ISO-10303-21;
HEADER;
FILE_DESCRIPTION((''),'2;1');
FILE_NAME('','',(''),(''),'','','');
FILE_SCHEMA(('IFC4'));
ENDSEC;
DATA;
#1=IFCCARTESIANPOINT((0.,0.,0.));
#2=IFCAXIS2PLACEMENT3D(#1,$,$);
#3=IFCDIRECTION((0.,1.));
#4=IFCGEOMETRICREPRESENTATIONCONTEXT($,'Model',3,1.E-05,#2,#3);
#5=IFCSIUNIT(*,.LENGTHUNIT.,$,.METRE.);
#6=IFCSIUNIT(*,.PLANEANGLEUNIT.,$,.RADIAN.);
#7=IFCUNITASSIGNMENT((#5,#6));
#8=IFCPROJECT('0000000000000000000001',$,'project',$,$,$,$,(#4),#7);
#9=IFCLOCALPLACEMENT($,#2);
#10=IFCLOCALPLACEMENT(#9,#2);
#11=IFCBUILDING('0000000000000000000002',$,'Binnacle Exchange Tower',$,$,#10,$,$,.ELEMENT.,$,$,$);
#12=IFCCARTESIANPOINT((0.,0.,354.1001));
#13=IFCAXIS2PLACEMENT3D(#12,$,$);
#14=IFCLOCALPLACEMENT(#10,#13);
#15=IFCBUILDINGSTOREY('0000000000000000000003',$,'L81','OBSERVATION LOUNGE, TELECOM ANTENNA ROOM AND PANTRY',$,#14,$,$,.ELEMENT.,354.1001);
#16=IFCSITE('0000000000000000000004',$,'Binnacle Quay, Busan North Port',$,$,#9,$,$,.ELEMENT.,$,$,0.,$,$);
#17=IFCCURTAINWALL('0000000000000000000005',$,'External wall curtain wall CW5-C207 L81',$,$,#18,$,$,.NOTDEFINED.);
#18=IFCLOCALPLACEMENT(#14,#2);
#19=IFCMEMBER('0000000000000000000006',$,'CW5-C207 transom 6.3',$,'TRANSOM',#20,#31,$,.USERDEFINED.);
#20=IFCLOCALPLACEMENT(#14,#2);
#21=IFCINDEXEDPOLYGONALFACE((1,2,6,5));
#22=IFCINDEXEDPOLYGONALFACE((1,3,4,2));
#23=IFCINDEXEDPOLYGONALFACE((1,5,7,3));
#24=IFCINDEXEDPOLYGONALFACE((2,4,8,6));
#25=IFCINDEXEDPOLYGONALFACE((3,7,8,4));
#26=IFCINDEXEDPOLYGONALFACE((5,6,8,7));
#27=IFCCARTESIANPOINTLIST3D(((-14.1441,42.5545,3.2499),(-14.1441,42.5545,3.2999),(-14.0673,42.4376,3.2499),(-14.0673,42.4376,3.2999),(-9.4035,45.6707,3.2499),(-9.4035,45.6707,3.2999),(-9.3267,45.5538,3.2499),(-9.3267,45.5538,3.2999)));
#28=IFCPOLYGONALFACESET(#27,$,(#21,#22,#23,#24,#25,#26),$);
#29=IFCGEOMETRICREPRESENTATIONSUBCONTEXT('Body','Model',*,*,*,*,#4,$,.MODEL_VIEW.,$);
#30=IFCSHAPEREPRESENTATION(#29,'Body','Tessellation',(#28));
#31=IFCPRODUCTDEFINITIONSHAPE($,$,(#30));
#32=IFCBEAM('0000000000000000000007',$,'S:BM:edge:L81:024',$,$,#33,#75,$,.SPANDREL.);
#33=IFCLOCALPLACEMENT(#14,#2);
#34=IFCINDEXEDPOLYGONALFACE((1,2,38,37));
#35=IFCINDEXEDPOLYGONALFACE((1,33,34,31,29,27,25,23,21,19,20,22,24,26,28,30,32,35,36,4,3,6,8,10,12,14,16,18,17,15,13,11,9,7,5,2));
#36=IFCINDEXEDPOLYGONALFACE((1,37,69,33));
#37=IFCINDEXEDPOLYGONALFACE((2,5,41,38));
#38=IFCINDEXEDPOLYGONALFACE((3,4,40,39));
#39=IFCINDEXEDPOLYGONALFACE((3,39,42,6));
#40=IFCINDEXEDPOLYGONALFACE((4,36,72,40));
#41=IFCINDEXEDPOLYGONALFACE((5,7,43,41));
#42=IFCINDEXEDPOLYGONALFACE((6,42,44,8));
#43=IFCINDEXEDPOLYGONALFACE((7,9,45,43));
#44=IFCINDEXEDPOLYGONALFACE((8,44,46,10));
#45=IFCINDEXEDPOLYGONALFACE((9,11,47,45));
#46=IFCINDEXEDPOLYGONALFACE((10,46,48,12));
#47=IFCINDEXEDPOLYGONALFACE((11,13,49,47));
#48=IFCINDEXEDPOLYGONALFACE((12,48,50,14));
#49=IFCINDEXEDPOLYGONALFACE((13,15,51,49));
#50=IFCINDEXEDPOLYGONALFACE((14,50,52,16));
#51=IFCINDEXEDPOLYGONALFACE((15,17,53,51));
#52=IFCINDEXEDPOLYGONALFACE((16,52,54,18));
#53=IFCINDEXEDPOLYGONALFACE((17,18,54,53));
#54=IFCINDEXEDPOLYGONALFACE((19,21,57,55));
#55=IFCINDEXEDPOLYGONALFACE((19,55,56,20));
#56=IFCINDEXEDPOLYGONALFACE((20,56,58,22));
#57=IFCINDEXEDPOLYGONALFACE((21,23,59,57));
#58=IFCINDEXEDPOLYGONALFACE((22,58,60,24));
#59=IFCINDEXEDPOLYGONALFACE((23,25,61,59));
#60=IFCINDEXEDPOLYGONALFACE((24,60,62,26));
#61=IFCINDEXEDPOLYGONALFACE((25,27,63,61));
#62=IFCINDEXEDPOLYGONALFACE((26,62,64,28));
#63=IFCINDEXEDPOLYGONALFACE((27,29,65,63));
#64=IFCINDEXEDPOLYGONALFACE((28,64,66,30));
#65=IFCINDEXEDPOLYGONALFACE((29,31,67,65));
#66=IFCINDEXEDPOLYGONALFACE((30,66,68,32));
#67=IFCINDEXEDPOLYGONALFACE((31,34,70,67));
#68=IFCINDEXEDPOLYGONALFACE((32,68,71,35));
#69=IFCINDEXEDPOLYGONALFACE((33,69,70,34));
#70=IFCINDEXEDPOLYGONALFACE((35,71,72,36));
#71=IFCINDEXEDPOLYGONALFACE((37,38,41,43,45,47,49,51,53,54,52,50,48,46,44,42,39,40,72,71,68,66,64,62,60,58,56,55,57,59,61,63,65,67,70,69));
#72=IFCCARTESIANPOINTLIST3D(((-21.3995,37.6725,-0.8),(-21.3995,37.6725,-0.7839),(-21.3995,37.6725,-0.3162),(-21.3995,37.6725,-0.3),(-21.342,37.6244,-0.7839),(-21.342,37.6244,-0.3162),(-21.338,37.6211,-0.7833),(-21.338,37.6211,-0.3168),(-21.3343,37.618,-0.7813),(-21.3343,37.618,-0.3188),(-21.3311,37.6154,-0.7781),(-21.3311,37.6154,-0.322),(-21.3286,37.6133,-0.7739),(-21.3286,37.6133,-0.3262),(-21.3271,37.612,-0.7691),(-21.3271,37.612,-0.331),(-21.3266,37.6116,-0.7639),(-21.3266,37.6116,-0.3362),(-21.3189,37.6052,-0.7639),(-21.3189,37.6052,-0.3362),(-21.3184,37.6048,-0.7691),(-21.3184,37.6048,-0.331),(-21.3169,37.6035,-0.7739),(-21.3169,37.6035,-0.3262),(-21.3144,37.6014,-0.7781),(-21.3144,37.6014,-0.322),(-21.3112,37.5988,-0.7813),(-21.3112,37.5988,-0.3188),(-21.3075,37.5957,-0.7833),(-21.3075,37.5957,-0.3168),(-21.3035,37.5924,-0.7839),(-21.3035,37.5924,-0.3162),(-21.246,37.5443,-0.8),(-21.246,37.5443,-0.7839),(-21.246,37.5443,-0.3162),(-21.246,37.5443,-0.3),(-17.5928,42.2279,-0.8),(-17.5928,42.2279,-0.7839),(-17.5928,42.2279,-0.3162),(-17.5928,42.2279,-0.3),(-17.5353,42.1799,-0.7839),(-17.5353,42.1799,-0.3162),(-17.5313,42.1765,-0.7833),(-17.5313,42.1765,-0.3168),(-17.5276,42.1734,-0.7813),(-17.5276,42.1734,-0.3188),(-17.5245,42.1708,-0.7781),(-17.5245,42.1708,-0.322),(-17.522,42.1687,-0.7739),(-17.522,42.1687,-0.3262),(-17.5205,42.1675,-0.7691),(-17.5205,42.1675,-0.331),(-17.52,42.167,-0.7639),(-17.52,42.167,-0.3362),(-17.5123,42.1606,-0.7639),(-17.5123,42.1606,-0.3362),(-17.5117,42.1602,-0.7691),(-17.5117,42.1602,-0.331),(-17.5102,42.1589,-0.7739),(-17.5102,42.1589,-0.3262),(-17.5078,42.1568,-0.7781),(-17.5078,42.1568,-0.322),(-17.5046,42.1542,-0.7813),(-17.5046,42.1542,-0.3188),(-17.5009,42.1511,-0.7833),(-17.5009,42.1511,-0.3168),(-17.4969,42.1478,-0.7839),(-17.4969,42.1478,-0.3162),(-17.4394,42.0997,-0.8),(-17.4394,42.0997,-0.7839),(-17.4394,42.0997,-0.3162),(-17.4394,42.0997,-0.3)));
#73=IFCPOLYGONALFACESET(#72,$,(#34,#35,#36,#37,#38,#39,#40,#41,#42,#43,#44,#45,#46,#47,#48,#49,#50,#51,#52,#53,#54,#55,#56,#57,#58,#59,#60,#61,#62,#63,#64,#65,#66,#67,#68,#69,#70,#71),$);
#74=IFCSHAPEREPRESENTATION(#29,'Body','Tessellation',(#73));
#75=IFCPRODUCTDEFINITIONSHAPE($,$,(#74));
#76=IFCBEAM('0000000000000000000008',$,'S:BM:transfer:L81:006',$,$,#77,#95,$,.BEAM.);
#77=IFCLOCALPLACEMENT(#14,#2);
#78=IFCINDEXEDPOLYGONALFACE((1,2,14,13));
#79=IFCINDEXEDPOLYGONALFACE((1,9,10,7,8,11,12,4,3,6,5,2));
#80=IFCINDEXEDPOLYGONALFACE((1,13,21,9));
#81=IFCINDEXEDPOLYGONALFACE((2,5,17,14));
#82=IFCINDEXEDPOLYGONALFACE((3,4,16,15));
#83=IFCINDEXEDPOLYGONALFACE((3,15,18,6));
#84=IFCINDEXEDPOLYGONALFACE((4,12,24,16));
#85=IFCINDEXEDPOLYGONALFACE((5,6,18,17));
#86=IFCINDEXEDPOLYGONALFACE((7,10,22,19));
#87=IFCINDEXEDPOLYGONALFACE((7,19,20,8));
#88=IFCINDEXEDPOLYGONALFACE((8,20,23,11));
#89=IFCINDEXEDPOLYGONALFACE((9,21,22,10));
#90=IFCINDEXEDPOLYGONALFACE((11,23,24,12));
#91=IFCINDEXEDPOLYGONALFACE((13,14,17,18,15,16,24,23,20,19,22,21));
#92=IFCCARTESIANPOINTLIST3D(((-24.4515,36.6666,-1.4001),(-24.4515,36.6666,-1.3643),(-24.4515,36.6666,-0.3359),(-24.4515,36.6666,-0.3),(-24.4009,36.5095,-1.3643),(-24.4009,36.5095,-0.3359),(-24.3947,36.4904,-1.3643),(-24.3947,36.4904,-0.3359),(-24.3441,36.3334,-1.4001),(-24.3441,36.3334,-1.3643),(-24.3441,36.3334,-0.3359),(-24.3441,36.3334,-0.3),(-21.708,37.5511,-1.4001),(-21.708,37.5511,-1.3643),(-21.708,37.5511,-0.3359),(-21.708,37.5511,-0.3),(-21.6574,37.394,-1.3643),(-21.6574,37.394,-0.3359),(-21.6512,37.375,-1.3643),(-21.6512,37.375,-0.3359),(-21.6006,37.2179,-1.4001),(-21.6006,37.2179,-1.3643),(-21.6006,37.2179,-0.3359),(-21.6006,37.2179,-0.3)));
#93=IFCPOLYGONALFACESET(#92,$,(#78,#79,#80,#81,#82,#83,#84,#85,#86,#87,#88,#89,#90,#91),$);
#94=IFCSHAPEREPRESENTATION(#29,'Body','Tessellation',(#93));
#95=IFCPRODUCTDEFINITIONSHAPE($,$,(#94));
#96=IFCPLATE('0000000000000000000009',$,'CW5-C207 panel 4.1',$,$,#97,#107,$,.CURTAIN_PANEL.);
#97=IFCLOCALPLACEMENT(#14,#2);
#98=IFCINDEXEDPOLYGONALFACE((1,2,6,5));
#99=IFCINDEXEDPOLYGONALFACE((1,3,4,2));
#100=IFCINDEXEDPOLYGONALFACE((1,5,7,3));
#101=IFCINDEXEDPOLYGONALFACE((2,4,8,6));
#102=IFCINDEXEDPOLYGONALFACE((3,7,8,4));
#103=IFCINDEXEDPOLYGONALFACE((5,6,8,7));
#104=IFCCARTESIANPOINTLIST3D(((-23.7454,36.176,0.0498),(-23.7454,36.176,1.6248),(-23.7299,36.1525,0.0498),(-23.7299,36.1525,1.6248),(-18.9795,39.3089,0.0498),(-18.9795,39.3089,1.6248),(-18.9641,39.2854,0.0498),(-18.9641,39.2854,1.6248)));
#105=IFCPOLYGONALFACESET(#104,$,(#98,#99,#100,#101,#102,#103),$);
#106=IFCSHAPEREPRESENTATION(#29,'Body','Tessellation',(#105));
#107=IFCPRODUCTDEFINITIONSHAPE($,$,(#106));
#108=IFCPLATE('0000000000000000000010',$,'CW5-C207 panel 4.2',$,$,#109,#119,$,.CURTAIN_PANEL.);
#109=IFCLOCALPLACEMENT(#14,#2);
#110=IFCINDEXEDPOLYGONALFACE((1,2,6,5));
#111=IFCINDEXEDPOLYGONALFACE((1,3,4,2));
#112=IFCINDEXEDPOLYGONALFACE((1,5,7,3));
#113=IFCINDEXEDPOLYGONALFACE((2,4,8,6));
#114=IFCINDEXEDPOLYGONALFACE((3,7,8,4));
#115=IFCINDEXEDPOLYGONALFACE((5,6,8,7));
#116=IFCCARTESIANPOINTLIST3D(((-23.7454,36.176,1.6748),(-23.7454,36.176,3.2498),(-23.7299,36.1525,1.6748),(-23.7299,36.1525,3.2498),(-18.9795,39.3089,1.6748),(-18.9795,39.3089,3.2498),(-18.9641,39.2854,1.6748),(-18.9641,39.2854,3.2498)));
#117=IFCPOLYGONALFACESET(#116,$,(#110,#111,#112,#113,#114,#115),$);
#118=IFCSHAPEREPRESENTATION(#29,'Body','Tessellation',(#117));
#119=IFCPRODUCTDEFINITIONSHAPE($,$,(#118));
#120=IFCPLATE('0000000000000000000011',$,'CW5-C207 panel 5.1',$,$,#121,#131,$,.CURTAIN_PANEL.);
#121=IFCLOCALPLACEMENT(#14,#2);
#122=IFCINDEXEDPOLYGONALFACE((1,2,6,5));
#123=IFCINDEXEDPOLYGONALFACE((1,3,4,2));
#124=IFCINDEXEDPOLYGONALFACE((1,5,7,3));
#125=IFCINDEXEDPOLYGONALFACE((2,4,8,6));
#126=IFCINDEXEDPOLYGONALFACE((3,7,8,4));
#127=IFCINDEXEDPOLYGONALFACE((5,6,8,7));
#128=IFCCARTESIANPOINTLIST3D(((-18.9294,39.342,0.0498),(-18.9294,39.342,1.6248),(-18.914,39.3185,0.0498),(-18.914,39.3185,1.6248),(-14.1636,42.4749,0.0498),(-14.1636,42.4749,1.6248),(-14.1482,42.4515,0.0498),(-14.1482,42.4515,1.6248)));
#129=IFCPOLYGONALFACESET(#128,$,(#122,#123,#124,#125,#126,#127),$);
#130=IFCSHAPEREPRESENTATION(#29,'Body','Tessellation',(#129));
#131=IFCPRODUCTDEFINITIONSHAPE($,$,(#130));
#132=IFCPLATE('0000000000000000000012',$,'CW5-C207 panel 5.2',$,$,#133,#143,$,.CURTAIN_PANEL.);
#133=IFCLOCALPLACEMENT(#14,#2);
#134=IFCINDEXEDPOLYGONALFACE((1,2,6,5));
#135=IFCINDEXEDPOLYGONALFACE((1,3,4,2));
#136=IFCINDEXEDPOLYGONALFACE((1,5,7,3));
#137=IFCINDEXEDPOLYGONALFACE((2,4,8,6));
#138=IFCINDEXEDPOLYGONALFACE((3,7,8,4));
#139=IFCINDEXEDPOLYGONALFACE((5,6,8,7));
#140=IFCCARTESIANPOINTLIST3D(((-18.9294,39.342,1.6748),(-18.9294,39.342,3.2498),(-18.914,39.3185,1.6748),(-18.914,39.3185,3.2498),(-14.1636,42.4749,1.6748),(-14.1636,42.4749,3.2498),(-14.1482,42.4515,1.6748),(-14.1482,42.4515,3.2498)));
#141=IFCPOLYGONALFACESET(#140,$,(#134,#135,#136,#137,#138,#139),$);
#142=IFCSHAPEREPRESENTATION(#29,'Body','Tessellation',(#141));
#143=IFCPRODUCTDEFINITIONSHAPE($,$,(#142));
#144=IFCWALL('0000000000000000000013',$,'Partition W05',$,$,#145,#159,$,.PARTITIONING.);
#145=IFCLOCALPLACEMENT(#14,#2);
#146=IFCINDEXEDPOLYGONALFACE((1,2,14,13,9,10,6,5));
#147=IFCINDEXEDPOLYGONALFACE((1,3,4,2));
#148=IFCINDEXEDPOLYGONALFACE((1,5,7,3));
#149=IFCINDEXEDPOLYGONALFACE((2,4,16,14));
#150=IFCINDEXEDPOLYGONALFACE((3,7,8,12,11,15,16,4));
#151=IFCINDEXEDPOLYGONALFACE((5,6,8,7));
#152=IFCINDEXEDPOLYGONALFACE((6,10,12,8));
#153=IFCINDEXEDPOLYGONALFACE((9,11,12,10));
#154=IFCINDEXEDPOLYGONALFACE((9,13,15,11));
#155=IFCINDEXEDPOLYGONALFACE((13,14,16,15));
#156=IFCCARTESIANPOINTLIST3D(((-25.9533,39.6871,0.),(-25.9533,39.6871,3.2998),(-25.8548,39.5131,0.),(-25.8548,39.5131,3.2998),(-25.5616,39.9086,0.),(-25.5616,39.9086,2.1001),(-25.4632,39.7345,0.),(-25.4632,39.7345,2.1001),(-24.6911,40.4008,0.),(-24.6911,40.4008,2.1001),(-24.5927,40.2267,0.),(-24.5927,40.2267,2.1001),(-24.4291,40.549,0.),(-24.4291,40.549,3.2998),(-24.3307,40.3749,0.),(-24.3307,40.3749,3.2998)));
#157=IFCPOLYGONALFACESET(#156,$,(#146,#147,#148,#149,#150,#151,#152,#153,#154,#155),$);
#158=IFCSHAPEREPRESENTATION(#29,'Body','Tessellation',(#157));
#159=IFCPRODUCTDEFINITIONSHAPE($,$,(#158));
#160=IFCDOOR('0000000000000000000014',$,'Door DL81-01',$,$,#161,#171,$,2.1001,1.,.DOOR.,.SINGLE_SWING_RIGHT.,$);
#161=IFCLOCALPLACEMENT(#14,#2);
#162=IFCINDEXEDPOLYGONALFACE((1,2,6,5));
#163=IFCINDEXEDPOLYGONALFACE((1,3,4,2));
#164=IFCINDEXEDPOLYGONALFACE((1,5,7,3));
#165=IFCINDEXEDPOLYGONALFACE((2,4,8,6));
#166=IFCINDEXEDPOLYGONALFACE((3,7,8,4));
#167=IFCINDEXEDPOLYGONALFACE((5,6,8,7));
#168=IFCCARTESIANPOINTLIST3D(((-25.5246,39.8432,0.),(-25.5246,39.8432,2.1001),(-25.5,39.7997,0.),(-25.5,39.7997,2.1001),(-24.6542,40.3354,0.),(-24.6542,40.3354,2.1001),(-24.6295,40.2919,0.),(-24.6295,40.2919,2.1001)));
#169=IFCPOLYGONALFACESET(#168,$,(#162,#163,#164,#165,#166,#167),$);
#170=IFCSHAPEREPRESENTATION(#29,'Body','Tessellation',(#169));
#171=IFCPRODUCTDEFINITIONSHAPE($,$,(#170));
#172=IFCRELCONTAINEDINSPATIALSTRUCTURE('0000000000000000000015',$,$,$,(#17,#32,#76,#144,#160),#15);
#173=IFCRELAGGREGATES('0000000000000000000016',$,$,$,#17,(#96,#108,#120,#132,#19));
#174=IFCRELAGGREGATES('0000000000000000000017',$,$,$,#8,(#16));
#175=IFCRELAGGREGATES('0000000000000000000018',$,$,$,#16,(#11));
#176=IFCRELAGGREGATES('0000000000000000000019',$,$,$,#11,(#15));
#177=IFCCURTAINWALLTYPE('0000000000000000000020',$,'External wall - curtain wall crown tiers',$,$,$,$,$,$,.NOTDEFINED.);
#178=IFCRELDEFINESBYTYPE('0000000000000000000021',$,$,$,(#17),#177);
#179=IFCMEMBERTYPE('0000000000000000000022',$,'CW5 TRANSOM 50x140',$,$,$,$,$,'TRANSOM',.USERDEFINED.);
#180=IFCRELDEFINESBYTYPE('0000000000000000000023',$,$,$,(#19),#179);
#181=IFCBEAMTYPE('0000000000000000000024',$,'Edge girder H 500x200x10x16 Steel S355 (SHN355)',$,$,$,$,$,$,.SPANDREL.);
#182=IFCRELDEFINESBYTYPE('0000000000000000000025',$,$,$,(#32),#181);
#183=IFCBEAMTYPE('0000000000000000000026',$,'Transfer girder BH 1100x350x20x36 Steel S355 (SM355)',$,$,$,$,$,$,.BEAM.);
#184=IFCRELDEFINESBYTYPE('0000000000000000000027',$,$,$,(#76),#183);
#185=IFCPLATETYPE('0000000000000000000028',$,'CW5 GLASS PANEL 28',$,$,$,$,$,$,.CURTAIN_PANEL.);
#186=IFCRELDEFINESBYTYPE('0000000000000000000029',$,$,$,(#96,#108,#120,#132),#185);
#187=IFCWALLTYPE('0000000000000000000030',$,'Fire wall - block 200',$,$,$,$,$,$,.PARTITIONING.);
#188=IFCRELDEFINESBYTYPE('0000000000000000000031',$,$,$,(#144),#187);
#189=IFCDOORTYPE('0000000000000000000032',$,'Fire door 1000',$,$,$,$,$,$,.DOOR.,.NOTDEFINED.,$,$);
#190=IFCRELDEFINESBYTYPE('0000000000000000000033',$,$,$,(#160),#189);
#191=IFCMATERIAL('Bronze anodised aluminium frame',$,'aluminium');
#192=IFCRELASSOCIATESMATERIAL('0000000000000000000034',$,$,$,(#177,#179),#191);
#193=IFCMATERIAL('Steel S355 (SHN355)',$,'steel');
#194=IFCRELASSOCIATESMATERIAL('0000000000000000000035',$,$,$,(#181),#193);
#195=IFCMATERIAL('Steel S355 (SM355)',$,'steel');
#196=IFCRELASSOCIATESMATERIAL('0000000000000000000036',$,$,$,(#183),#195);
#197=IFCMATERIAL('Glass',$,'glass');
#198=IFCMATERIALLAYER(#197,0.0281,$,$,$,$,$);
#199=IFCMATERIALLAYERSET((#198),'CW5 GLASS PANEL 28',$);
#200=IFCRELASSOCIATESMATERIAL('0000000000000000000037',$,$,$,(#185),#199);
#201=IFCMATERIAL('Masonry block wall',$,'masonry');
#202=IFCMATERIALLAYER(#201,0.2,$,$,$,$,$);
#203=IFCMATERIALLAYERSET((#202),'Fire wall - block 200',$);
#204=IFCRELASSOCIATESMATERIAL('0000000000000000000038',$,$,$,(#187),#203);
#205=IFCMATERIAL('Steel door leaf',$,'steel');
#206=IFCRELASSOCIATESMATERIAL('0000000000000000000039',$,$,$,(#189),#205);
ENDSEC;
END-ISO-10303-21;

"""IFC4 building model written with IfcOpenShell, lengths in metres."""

from ifc_helpers import new_model, si_unit, direction, frame, frame_2d, origin, origin_2d, place, context, subcontext, project, spatial, rectangle, i_section, extrude, material, layer, layer_set, material_profile, profile_set, type_object, element, fill, aggregate, save


model = new_model("IFC4")

# Units and contexts
model_context = context("Model", 3, precision=1e-05, world=origin(), true_north=direction((0.0, 1.0)))
body_context = subcontext(model_context, "Body", "Model", "MODEL_VIEW")
ifc_project = project(units=[si_unit("LENGTHUNIT", "METRE"), si_unit("PLANEANGLEUNIT", "RADIAN")], contexts=[model_context])

# Site, building, storey
site_placement = place(None, origin())
site = spatial("IfcSite", under=ifc_project, at=site_placement, Name="Binnacle Quay, Busan North Port", CompositionType="ELEMENT", RefElevation=0.0)
building_placement = place(site_placement, origin())
building = spatial("IfcBuilding", under=site, at=building_placement, Name="Binnacle Exchange Tower", CompositionType="ELEMENT")
storey_placement = place(building_placement, frame((0.0, 0.0, 354.1001)))
storey = spatial("IfcBuildingStorey", under=building, at=storey_placement, Name="L81", Description="OBSERVATION LOUNGE, TELECOM ANTENNA ROOM AND PANTRY", CompositionType="ELEMENT", Elevation=354.1001)

# Shared definitions
ifc_material_1 = material(Name="Steel S355 (SHN355)", Category="steel")

# Curtain wall, member
ifc_material_2 = material(Name="Bronze anodised aluminium frame", Category="aluminium")
curtain_wall_type = type_object("IfcCurtainWallType", Name="External wall - curtain wall crown tiers", PredefinedType="NOTDEFINED", material=ifc_material_2)
curtain_wall_placement = place(storey_placement, origin())
curtain_wall = element("IfcCurtainWall", 1, at=curtain_wall_placement, inside=storey, type_object=curtain_wall_type, Name="External wall curtain wall CW5-C207 L81", PredefinedType="NOTDEFINED")
ifc_material_profile_1 = material_profile(ifc_material_2, rectangle(XDim=0.1399, YDim=0.05, at=origin_2d()), Name="AL 140x50")
ifc_profile_set_1 = profile_set([ifc_material_profile_1], Name="Bronze anodised aluminium frame")
member_type_1 = type_object("IfcMemberType", Name="CW5 TRANSOM 50x140", ElementType="TRANSOM", PredefinedType="USERDEFINED", material=ifc_profile_set_1)
member_1_placement = place(storey_placement, frame((-14.1057, 42.4961, 3.2749), z_axis=(0.835634, 0.549286, 0.0), x_axis=(-0.549286, 0.835634, 0.0)))
member_1 = element("IfcMember", 2, at=member_1_placement, type_object=member_type_1, Name="CW5-C207 transom 6.3", ObjectType="TRANSOM", PredefinedType="USERDEFINED", context=body_context, shape_type="SweptSolid", body=[
    extrude(rectangle(XDim=0.1399, YDim=0.05, at=origin_2d()), origin(), (0.0, 0.0, 1.0), 5.6731),
])

# Beams
ifc_material_profile_2 = material_profile(ifc_material_1, i_section(OverallWidth=0.2, OverallDepth=0.5, WebThickness=0.01, FlangeThickness=0.0161, FilletRadius=0.02, at=origin_2d()), Name="H 500x200x10x16")
ifc_profile_set_2 = profile_set([ifc_material_profile_2], Name="Steel S355 (SHN355)")
beam_type_1 = type_object("IfcBeamType", Name="Edge girder H 500x200x10x16 Steel S355 (SHN355)", PredefinedType="SPANDREL", material=ifc_profile_set_2)
beam_1_placement = place(storey_placement, frame((-17.5161, 42.1638, -0.55), z_axis=(-0.641223, -0.767354, 0.0), x_axis=(0.767354, -0.641223, 0.0)))
element("IfcBeam", 3, at=beam_1_placement, inside=storey, type_object=beam_type_1, Name="S:BM:edge:L81:024", PredefinedType="SPANDREL", context=body_context, shape_type="SweptSolid", body=[
    extrude(i_section(OverallWidth=0.2, OverallDepth=0.5, WebThickness=0.01, FlangeThickness=0.0161, FilletRadius=0.02, at=origin_2d()), origin(), (0.0, 0.0, 1.0), 5.9365),
])
ifc_material_3 = material(Name="Steel S355 (SM355)", Category="steel")
ifc_material_profile_3 = material_profile(ifc_material_3, i_section(OverallWidth=0.3501, OverallDepth=1.1001, WebThickness=0.02, FlangeThickness=0.0359, at=origin_2d()), Name="BH 1100x350x20x36")
ifc_profile_set_3 = profile_set([ifc_material_profile_3], Name="Steel S355 (SM355)")
beam_type_2 = type_object("IfcBeamType", Name="Transfer girder BH 1100x350x20x36 Steel S355 (SM355)", PredefinedType="BEAM", material=ifc_profile_set_3)
beam_2_placement = place(storey_placement, frame((-21.6543, 37.3845, -0.8501), z_axis=(-0.951754, -0.306862, 0.0), x_axis=(0.306862, -0.951754, 0.0)))
element("IfcBeam", 4, at=beam_2_placement, inside=storey, type_object=beam_type_2, Name="S:BM:transfer:L81:006", PredefinedType="BEAM", context=body_context, shape_type="SweptSolid", body=[
    extrude(i_section(OverallWidth=0.3501, OverallDepth=1.1001, WebThickness=0.02, FlangeThickness=0.0359, at=origin_2d()), origin(), (0.0, 0.0, 1.0), 2.8826),
])

# Plates
ifc_material_4 = material(Name="Glass", Category="glass")
ifc_layer_1 = layer(ifc_material_4, 0.0281)
ifc_layer_set_1 = layer_set([ifc_layer_1], Name="CW5 GLASS PANEL 28")
plate_type = type_object("IfcPlateType", Name="CW5 GLASS PANEL 28", PredefinedType="CURTAIN_PANEL", material=ifc_layer_set_1)
plate_1_placement = place(storey_placement, frame((-21.3547, 37.7307, 0.0498), z_axis=(0.0, 0.0, 1.0), x_axis=(0.835618, 0.54931, 0.0)))
plate_1 = element("IfcPlate", 5, at=plate_1_placement, type_object=plate_type, Name="CW5-C207 panel 4.1", PredefinedType="CURTAIN_PANEL", context=body_context, shape_type="SweptSolid", body=[
    extrude(rectangle(XDim=5.7034, YDim=0.0281, at=origin_2d()), origin(), (0.0, 0.0, 1.0), 1.575),
])
plate_2_placement = place(storey_placement, frame((-21.3547, 37.7307, 1.6748), z_axis=(0.0, 0.0, 1.0), x_axis=(0.835618, 0.54931, 0.0)))
plate_2 = element("IfcPlate", 6, at=plate_2_placement, type_object=plate_type, Name="CW5-C207 panel 4.2", PredefinedType="CURTAIN_PANEL", context=body_context, shape_type="SweptSolid", body=[
    extrude(rectangle(XDim=5.7034, YDim=0.0281, at=origin_2d()), origin(), (0.0, 0.0, 1.0), 1.575),
])
plate_3_placement = place(storey_placement, frame((-16.5388, 40.8967, 0.0498), z_axis=(0.0, 0.0, 1.0), x_axis=(0.835618, 0.54931, 0.0)))
plate_3 = element("IfcPlate", 7, at=plate_3_placement, type_object=plate_type, Name="CW5-C207 panel 5.1", PredefinedType="CURTAIN_PANEL", context=body_context, shape_type="SweptSolid", body=[
    extrude(rectangle(XDim=5.7034, YDim=0.0281, at=origin_2d()), origin(), (0.0, 0.0, 1.0), 1.575),
])
plate_4_placement = place(storey_placement, frame((-16.5388, 40.8967, 1.6748), z_axis=(0.0, 0.0, 1.0), x_axis=(0.835618, 0.54931, 0.0)))
plate_4 = element("IfcPlate", 8, at=plate_4_placement, type_object=plate_type, Name="CW5-C207 panel 5.2", PredefinedType="CURTAIN_PANEL", context=body_context, shape_type="SweptSolid", body=[
    extrude(rectangle(XDim=5.7034, YDim=0.0281, at=origin_2d()), origin(), (0.0, 0.0, 1.0), 1.575),
])
aggregate(curtain_wall, [plate_1, plate_2, plate_3, plate_4, member_1])

# Wall, opening, door
ifc_material_5 = material(Name="Masonry block wall", Category="masonry")
ifc_layer_2 = layer(ifc_material_5, 0.2)
ifc_layer_set_2 = layer_set([ifc_layer_2], Name="Fire wall - block 200")
wall_type_1 = type_object("IfcWallType", Name="Fire wall - block 200", PredefinedType="PARTITIONING", material=ifc_layer_set_2)
wall_1_placement = place(storey_placement, frame((-25.9041, 39.6001, 0.0), z_axis=(0.0, 0.0, 1.0), x_axis=(0.870482, 0.4922, 0.0)))
wall_1 = element("IfcWall", 9, at=wall_1_placement, inside=storey, type_object=wall_type_1, Name="Partition W05", PredefinedType="PARTITIONING", context=body_context, shape_type="SweptSolid", body=[
    extrude(rectangle(XDim=1.751, YDim=0.2, at=frame_2d((0.8755, 0.0))), origin(), (0.0, 0.0, 1.0), 3.2998),
])
opening_1_placement = place(wall_1_placement, frame((0.45, 0.0, 0.0)))
opening_1 = element("IfcOpeningElement", 10, at=opening_1_placement, cuts=wall_1, PredefinedType="OPENING", context=body_context, shape_type="SweptSolid", body=[
    extrude(rectangle(XDim=1.0, YDim=2.1001, at=frame_2d((0.5, 1.05))), frame((0.0, 0.1099, 0.0), z_axis=(0.0, -1.0, 0.0), x_axis=(1.0, 0.0, 0.0)), (0.0, 0.0, 1.0), 0.22),
])
ifc_material_6 = material(Name="Steel door leaf", Category="steel")
door_type_1 = type_object("IfcDoorType", Name="Fire door 1000", OperationType="NOTDEFINED", PredefinedType="DOOR", material=ifc_material_6)
door_1_placement = place(opening_1_placement, origin())
door_1 = element("IfcDoor", 11, at=door_1_placement, inside=storey, type_object=door_type_1, Name="Door DL81-01", OperationType="SINGLE_SWING_RIGHT", OverallHeight=2.1001, OverallWidth=1.0, PredefinedType="DOOR", context=body_context, shape_type="SweptSolid", body=[
    extrude(rectangle(XDim=1.0, YDim=2.1001, at=frame_2d((0.5, 1.05))), frame((0.0, 0.0249, 0.0), z_axis=(0.0, -1.0, 0.0), x_axis=(1.0, 0.0, 0.0)), (0.0, 0.0, 1.0), 0.05),
])
fill(opening_1, door_1)

save(model, "model.ifc")
